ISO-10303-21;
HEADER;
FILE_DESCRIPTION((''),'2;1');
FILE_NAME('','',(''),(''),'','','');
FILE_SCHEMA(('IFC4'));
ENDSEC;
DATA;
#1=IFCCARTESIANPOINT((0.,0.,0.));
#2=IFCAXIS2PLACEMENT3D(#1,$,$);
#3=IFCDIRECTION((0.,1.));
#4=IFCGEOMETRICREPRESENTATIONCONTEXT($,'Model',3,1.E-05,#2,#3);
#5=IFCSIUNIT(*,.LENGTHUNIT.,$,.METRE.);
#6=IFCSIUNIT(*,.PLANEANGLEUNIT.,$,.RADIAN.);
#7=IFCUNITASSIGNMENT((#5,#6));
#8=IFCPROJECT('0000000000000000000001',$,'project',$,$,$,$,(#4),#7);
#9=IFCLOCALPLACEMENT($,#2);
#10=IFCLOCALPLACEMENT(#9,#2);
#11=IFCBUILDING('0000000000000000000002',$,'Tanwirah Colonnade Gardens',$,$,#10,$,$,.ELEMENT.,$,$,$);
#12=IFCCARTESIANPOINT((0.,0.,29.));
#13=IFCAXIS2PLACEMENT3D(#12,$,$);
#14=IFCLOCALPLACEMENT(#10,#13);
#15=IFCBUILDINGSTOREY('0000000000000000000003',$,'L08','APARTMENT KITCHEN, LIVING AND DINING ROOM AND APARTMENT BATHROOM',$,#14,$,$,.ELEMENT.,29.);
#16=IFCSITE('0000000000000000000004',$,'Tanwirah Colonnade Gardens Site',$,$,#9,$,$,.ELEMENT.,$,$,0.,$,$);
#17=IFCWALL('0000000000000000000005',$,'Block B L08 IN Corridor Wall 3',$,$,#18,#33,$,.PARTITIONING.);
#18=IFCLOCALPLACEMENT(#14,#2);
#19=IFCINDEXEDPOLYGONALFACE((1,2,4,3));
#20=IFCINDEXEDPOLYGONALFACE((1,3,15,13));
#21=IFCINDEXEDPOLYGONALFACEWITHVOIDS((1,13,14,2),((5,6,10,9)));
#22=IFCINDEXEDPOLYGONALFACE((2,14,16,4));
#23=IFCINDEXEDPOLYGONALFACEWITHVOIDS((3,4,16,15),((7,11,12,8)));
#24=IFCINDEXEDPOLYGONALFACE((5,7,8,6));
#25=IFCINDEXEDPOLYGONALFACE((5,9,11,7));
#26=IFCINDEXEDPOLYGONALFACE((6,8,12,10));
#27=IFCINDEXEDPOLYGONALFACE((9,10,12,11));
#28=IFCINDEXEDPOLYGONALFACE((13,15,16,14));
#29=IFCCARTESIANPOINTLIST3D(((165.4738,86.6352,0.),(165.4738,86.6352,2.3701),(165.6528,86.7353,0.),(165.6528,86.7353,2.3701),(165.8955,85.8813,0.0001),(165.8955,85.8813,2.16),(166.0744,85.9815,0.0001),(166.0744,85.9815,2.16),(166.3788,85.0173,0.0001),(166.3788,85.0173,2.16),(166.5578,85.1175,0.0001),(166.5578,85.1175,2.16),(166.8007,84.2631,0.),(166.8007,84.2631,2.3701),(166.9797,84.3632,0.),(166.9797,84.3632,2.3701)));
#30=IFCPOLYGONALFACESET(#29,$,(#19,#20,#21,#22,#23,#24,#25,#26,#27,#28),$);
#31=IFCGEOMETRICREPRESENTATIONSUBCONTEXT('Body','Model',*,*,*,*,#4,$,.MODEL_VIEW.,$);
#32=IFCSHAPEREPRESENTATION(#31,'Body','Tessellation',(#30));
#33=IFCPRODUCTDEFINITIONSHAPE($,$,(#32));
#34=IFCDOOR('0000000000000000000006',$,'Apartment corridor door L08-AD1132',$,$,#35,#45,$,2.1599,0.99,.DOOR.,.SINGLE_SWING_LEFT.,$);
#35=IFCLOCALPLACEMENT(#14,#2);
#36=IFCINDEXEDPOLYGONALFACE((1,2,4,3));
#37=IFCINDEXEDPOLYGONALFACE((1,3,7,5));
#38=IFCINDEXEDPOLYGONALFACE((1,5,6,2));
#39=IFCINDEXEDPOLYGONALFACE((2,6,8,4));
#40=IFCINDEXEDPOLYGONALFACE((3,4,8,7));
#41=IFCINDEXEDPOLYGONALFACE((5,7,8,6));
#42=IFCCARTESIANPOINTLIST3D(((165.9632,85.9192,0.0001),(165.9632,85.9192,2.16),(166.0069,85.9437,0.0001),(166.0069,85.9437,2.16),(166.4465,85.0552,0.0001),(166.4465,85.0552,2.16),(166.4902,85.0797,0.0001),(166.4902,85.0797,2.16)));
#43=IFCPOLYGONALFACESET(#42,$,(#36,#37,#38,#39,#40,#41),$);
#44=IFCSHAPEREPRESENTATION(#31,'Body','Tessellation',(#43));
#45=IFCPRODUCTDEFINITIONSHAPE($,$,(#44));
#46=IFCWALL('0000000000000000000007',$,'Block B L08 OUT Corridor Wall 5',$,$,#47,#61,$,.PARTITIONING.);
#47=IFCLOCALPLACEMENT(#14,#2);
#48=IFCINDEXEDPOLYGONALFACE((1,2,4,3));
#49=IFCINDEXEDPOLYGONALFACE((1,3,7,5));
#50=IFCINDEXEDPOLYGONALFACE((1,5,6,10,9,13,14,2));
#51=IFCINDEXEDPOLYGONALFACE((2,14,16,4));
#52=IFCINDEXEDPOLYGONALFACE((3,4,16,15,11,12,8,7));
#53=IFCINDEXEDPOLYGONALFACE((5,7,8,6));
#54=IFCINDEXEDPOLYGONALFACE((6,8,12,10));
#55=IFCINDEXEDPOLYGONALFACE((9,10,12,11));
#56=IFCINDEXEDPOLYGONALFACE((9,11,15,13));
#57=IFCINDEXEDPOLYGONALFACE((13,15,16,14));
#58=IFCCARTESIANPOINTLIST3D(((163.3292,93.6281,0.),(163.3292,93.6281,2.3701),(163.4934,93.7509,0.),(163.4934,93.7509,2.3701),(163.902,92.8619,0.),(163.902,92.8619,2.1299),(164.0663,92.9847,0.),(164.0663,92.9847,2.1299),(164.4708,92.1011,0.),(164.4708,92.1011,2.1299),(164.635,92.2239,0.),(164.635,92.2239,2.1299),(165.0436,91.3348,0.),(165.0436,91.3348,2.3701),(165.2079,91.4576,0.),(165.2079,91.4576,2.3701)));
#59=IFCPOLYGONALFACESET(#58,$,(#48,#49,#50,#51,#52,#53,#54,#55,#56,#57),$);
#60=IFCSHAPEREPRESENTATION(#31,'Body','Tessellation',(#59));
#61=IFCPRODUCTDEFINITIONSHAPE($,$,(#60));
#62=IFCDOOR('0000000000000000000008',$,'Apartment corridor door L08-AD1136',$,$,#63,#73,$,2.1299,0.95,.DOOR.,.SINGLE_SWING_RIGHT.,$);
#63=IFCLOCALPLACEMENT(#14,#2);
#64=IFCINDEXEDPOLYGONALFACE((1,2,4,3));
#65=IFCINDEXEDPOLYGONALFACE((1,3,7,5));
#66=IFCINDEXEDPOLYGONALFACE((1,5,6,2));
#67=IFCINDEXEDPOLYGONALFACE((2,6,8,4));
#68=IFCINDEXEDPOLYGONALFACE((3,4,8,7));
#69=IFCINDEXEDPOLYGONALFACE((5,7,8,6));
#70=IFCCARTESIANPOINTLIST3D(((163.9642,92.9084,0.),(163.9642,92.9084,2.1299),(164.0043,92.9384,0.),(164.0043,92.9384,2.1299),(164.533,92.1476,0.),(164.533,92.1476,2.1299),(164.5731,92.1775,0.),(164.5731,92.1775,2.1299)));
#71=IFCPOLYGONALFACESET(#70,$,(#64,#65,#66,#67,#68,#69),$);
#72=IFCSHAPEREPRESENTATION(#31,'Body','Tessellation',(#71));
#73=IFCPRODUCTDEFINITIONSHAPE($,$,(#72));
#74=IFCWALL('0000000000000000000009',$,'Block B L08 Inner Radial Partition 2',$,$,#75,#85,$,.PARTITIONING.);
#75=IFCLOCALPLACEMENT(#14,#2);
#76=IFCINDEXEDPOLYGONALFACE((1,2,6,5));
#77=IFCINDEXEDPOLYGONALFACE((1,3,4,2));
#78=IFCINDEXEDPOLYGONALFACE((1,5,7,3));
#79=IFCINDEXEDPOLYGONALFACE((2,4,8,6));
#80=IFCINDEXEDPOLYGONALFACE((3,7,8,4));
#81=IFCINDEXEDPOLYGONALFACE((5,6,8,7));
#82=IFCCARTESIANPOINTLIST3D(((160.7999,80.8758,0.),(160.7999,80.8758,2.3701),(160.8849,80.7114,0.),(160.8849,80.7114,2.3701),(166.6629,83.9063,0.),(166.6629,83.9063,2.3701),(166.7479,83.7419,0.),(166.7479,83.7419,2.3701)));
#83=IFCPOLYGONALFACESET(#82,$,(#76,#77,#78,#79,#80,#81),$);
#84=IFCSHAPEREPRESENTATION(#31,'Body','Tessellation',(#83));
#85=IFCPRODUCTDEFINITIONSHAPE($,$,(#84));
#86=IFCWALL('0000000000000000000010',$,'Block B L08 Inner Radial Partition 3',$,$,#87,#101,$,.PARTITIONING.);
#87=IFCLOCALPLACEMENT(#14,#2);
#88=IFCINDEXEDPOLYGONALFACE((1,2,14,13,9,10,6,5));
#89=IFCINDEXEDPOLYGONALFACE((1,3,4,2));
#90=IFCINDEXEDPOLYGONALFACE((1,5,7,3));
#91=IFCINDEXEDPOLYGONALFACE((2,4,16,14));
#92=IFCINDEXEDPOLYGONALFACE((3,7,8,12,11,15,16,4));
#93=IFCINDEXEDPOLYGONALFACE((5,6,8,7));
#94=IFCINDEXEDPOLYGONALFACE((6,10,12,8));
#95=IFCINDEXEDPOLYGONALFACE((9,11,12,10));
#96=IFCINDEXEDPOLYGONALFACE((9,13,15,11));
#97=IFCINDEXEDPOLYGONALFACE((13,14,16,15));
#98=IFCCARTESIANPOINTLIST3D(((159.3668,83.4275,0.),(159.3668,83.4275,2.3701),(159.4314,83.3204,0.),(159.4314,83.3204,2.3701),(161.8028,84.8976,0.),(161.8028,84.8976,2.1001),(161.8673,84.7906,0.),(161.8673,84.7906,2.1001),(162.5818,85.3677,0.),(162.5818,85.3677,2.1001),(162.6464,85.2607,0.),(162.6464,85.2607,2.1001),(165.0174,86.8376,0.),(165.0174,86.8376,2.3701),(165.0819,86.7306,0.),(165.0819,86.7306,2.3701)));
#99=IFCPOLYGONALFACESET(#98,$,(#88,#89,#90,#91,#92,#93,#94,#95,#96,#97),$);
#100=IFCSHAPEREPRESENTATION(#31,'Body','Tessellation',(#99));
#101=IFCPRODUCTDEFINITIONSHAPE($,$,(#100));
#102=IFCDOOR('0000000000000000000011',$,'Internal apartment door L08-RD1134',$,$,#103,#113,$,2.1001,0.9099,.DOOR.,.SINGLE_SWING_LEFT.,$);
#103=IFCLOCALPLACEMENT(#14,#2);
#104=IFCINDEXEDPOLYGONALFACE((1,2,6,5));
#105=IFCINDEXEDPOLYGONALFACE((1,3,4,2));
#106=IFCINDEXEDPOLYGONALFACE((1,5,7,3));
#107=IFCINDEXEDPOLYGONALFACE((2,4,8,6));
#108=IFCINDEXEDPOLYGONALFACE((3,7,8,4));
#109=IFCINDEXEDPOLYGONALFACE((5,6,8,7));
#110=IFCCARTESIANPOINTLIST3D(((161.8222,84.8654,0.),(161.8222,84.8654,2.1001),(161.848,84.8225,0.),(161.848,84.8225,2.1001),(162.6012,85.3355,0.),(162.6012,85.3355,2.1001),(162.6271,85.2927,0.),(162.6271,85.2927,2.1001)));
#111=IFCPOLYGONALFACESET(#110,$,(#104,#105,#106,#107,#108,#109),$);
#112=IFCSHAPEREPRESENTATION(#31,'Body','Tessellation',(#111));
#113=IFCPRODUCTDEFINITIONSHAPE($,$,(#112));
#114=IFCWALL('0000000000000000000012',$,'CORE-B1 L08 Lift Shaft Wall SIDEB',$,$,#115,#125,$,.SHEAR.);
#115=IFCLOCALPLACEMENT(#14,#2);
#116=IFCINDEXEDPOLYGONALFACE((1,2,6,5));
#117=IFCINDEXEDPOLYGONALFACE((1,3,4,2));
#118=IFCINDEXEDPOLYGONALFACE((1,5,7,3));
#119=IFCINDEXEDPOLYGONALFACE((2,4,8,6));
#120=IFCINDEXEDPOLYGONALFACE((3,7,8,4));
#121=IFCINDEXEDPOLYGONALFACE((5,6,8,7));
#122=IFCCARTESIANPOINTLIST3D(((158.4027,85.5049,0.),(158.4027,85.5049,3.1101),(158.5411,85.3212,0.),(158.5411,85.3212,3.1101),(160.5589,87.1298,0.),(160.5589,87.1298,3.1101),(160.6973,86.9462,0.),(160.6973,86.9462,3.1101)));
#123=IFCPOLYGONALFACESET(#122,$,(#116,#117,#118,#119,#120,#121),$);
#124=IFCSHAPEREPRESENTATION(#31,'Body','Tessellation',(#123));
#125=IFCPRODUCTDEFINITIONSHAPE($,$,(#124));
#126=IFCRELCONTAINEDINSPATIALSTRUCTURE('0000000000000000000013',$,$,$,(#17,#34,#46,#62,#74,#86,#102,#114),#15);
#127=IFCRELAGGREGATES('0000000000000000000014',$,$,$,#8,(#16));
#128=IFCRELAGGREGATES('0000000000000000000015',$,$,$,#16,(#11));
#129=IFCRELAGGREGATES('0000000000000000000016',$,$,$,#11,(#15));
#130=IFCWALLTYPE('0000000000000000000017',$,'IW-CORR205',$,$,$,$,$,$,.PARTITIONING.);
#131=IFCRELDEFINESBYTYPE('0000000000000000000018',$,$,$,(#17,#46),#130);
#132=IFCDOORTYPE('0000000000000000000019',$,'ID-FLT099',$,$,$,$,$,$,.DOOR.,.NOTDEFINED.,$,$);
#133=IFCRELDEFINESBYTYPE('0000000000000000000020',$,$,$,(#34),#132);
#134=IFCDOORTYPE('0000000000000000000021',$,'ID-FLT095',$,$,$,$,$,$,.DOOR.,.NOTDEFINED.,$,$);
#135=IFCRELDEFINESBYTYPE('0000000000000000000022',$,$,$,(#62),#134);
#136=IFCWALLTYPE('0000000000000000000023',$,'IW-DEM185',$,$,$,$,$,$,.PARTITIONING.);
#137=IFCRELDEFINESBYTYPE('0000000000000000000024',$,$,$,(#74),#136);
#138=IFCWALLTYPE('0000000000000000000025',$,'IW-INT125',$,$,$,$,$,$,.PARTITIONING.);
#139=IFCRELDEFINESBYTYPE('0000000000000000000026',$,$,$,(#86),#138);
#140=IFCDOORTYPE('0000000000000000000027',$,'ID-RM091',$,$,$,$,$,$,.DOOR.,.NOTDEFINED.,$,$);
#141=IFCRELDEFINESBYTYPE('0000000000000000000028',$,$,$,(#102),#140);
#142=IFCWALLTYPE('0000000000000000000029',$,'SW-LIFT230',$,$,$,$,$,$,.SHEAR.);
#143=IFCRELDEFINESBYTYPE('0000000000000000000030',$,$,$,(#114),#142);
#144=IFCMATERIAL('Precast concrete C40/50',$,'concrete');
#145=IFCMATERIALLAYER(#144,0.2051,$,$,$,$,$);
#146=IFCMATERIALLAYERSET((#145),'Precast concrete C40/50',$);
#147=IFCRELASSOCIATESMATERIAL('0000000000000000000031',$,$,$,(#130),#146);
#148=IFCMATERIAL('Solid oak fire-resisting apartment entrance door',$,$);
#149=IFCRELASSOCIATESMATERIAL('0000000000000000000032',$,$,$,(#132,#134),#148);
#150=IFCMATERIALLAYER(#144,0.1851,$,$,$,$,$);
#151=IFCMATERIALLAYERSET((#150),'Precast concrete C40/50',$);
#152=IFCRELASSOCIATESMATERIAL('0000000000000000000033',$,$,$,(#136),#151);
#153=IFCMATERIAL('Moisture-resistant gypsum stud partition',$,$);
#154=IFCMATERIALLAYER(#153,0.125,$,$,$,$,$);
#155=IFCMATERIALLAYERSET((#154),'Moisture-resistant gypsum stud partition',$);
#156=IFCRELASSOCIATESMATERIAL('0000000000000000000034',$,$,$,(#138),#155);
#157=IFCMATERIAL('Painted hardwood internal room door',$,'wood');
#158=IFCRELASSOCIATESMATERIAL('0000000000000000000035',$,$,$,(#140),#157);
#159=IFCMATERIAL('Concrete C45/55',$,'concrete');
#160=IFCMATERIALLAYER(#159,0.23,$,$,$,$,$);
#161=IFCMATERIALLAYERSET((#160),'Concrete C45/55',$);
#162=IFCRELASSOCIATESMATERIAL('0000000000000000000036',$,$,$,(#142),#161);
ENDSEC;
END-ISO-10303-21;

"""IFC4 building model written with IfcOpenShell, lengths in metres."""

from ifc_helpers import new_model, si_unit, direction, frame, frame_2d, origin, place, context, subcontext, project, spatial, rectangle, extrude, material, layer, layer_set, type_object, element, fill, save


model = new_model("IFC4")

# Units and contexts
model_context = context("Model", 3, precision=1e-05, world=origin(), true_north=direction((0.0, 1.0)))
body_context = subcontext(model_context, "Body", "Model", "MODEL_VIEW")
ifc_project = project(units=[si_unit("LENGTHUNIT", "METRE"), si_unit("PLANEANGLEUNIT", "RADIAN")], contexts=[model_context])

# Site, building, storey
site_placement = place(None, origin())
site = spatial("IfcSite", under=ifc_project, at=site_placement, Name="Tanwirah Colonnade Gardens Site", CompositionType="ELEMENT", RefElevation=0.0)
building_placement = place(site_placement, origin())
building = spatial("IfcBuilding", under=site, at=building_placement, Name="Tanwirah Colonnade Gardens", CompositionType="ELEMENT")
storey_placement = place(building_placement, frame((0.0, 0.0, 29.0)))
storey = spatial("IfcBuildingStorey", under=building, at=storey_placement, Name="L08", Description="APARTMENT KITCHEN, LIVING AND DINING ROOM AND APARTMENT BATHROOM", CompositionType="ELEMENT", Elevation=29.0)

# Shared definitions
ifc_material_1 = material(Name="Precast concrete C40/50", Category="concrete")

# Walls, openings, doors
ifc_layer_1 = layer(ifc_material_1, 0.2051)
ifc_layer_set_1 = layer_set([ifc_layer_1], Name="Precast concrete C40/50")
wall_type_1 = type_object("IfcWallType", Name="IW-CORR205", PredefinedType="PARTITIONING", material=ifc_layer_set_1)
wall_1_placement = place(storey_placement, frame((166.8901, 84.3132, 0.0), z_axis=(0.0, 0.0, 1.0), x_axis=(-0.488196, 0.872734, 0.0)))
wall_1 = element("IfcWall", 1, at=wall_1_placement, inside=storey, type_object=wall_type_1, Name="Block B L08 IN Corridor Wall 3", PredefinedType="PARTITIONING", context=body_context, shape_type="SweptSolid", body=[
    extrude(rectangle(XDim=2.718, YDim=0.2051, at=frame_2d((1.3589, 0.0))), origin(), (0.0, 0.0, 1.0), 2.3701),
])
opening_1_placement = place(wall_1_placement, frame((0.864, 0.0, 0.0)))
opening_1 = element("IfcOpeningElement", 2, at=opening_1_placement, cuts=wall_1, PredefinedType="OPENING", context=body_context, shape_type="SweptSolid", body=[
    extrude(rectangle(XDim=0.99, YDim=2.1599, at=frame_2d((0.4951, 1.0801))), frame((0.0, 0.1125, 0.0), z_axis=(0.0, -1.0, 0.0), x_axis=(1.0, 0.0, 0.0)), (0.0, 0.0, 1.0), 0.2251),
])
ifc_material_2 = material(Name="Solid oak fire-resisting apartment entrance door")
door_type_1 = type_object("IfcDoorType", Name="ID-FLT099", OperationType="NOTDEFINED", PredefinedType="DOOR", material=ifc_material_2)
door_1_placement = place(opening_1_placement, origin())
door_1 = element("IfcDoor", 3, at=door_1_placement, inside=storey, type_object=door_type_1, Name="Apartment corridor door L08-AD1132", OperationType="SINGLE_SWING_LEFT", OverallHeight=2.1599, OverallWidth=0.99, PredefinedType="DOOR", context=body_context, shape_type="SweptSolid", body=[
    extrude(rectangle(XDim=0.99, YDim=2.1599, at=frame_2d((0.4951, 1.0801))), frame((0.0, 0.0249, 0.0), z_axis=(0.0, -1.0, 0.0), x_axis=(1.0, 0.0, 0.0)), (0.0, 0.0, 1.0), 0.05),
])
fill(opening_1, door_1)
wall_2_placement = place(storey_placement, frame((165.1257, 91.3962, 0.0), z_axis=(0.0, 0.0, 1.0), x_axis=(-0.598758, 0.80093, 0.0)))
wall_2 = element("IfcWall", 4, at=wall_2_placement, inside=storey, type_object=wall_type_1, Name="Block B L08 OUT Corridor Wall 5", PredefinedType="PARTITIONING", context=body_context, shape_type="SweptSolid", body=[
    extrude(rectangle(XDim=2.8633, YDim=0.2051, at=frame_2d((1.4316, 0.0))), origin(), (0.0, 0.0, 1.0), 2.3701),
])
opening_2_placement = place(wall_2_placement, frame((0.9565, 0.0, 0.0)))
opening_2 = element("IfcOpeningElement", 5, at=opening_2_placement, cuts=wall_2, PredefinedType="OPENING", context=body_context, shape_type="SweptSolid", body=[
    extrude(rectangle(XDim=0.95, YDim=2.1299, at=frame_2d((0.4751, 1.0649))), frame((0.0, 0.1125, 0.0), z_axis=(0.0, -1.0, 0.0), x_axis=(1.0, 0.0, 0.0)), (0.0, 0.0, 1.0), 0.2251),
])
door_type_2 = type_object("IfcDoorType", Name="ID-FLT095", OperationType="NOTDEFINED", PredefinedType="DOOR", material=ifc_material_2)
door_2_placement = place(opening_2_placement, origin())
door_2 = element("IfcDoor", 6, at=door_2_placement, inside=storey, type_object=door_type_2, Name="Apartment corridor door L08-AD1136", OperationType="SINGLE_SWING_RIGHT", OverallHeight=2.1299, OverallWidth=0.95, PredefinedType="DOOR", context=body_context, shape_type="SweptSolid", body=[
    extrude(rectangle(XDim=0.95, YDim=2.1299, at=frame_2d((0.4751, 1.0649))), frame((0.0, 0.0249, 0.0), z_axis=(0.0, -1.0, 0.0), x_axis=(1.0, 0.0, 0.0)), (0.0, 0.0, 1.0), 0.05),
])
fill(opening_2, door_2)

# Wall
ifc_layer_2 = layer(ifc_material_1, 0.1851)
ifc_layer_set_2 = layer_set([ifc_layer_2], Name="Precast concrete C40/50")
wall_type_2 = type_object("IfcWallType", Name="IW-DEM185", PredefinedType="PARTITIONING", material=ifc_layer_set_2)
wall_3_placement = place(storey_placement, frame((160.8425, 80.7937, 0.0), z_axis=(0.0, 0.0, 1.0), x_axis=(0.888347, 0.459173, 0.0)))
element("IfcWall", 7, at=wall_3_placement, inside=storey, type_object=wall_type_2, Name="Block B L08 Inner Radial Partition 2", PredefinedType="PARTITIONING", context=body_context, shape_type="SweptSolid", body=[
    extrude(rectangle(XDim=6.5999, YDim=0.1851, at=frame_2d((3.2998, 0.0))), origin(), (0.0, 0.0, 1.0), 2.3701),
])

# Wall, opening, door
ifc_material_3 = material(Name="Moisture-resistant gypsum stud partition")
ifc_layer_3 = layer(ifc_material_3, 0.125)
ifc_layer_set_3 = layer_set([ifc_layer_3], Name="Moisture-resistant gypsum stud partition")
wall_type_3 = type_object("IfcWallType", Name="IW-INT125", PredefinedType="PARTITIONING", material=ifc_layer_set_3)
wall_4_placement = place(storey_placement, frame((159.3992, 83.374, 0.0), z_axis=(0.0, 0.0, 1.0), x_axis=(0.856168, 0.516697, 0.0)))
wall_4 = element("IfcWall", 8, at=wall_4_placement, inside=storey, type_object=wall_type_3, Name="Block B L08 Inner Radial Partition 3", PredefinedType="PARTITIONING", context=body_context, shape_type="SweptSolid", body=[
    extrude(rectangle(XDim=6.5999, YDim=0.125, at=frame_2d((3.2998, 0.0))), origin(), (0.0, 0.0, 1.0), 2.3701),
])
opening_3_placement = place(wall_4_placement, frame((2.845, 0.0, 0.0)))
opening_3 = element("IfcOpeningElement", 9, at=opening_3_placement, cuts=wall_4, PredefinedType="OPENING", context=body_context, shape_type="SweptSolid", body=[
    extrude(rectangle(XDim=0.9099, YDim=2.1001, at=frame_2d((0.4551, 1.05))), frame((0.0, 0.0725, 0.0), z_axis=(0.0, -1.0, 0.0), x_axis=(1.0, 0.0, 0.0)), (0.0, 0.0, 1.0), 0.145),
])
ifc_material_4 = material(Name="Painted hardwood internal room door", Category="wood")
door_type_3 = type_object("IfcDoorType", Name="ID-RM091", OperationType="NOTDEFINED", PredefinedType="DOOR", material=ifc_material_4)
door_3_placement = place(opening_3_placement, origin())
door_3 = element("IfcDoor", 10, at=door_3_placement, inside=storey, type_object=door_type_3, Name="Internal apartment door L08-RD1134", OperationType="SINGLE_SWING_LEFT", OverallHeight=2.1001, OverallWidth=0.9099, PredefinedType="DOOR", context=body_context, shape_type="SweptSolid", body=[
    extrude(rectangle(XDim=0.9099, YDim=2.1001, at=frame_2d((0.4551, 1.05))), frame((0.0, 0.0249, 0.0), z_axis=(0.0, -1.0, 0.0), x_axis=(1.0, 0.0, 0.0)), (0.0, 0.0, 1.0), 0.05),
])
fill(opening_3, door_3)

# Wall
ifc_material_5 = material(Name="Concrete C45/55", Category="concrete")
ifc_layer_4 = layer(ifc_material_5, 0.23)
ifc_layer_set_4 = layer_set([ifc_layer_4], Name="Concrete C45/55")
wall_type_4 = type_object("IfcWallType", Name="SW-LIFT230", PredefinedType="SHEAR", material=ifc_layer_set_4)
wall_5_placement = place(storey_placement, frame((160.6282, 87.0381, 0.0), z_axis=(0.0, 0.0, 1.0), x_axis=(-0.798609, -0.60185, 0.0)))
element("IfcWall", 11, at=wall_5_placement, inside=storey, type_object=wall_type_4, Name="CORE-B1 L08 Lift Shaft Wall SIDEB", PredefinedType="SHEAR", context=body_context, shape_type="SweptSolid", body=[
    extrude(rectangle(XDim=2.7, YDim=0.23, at=frame_2d((1.3501, 0.0))), origin(), (0.0, 0.0, 1.0), 3.1101),
])

save(model, "model.ifc")
